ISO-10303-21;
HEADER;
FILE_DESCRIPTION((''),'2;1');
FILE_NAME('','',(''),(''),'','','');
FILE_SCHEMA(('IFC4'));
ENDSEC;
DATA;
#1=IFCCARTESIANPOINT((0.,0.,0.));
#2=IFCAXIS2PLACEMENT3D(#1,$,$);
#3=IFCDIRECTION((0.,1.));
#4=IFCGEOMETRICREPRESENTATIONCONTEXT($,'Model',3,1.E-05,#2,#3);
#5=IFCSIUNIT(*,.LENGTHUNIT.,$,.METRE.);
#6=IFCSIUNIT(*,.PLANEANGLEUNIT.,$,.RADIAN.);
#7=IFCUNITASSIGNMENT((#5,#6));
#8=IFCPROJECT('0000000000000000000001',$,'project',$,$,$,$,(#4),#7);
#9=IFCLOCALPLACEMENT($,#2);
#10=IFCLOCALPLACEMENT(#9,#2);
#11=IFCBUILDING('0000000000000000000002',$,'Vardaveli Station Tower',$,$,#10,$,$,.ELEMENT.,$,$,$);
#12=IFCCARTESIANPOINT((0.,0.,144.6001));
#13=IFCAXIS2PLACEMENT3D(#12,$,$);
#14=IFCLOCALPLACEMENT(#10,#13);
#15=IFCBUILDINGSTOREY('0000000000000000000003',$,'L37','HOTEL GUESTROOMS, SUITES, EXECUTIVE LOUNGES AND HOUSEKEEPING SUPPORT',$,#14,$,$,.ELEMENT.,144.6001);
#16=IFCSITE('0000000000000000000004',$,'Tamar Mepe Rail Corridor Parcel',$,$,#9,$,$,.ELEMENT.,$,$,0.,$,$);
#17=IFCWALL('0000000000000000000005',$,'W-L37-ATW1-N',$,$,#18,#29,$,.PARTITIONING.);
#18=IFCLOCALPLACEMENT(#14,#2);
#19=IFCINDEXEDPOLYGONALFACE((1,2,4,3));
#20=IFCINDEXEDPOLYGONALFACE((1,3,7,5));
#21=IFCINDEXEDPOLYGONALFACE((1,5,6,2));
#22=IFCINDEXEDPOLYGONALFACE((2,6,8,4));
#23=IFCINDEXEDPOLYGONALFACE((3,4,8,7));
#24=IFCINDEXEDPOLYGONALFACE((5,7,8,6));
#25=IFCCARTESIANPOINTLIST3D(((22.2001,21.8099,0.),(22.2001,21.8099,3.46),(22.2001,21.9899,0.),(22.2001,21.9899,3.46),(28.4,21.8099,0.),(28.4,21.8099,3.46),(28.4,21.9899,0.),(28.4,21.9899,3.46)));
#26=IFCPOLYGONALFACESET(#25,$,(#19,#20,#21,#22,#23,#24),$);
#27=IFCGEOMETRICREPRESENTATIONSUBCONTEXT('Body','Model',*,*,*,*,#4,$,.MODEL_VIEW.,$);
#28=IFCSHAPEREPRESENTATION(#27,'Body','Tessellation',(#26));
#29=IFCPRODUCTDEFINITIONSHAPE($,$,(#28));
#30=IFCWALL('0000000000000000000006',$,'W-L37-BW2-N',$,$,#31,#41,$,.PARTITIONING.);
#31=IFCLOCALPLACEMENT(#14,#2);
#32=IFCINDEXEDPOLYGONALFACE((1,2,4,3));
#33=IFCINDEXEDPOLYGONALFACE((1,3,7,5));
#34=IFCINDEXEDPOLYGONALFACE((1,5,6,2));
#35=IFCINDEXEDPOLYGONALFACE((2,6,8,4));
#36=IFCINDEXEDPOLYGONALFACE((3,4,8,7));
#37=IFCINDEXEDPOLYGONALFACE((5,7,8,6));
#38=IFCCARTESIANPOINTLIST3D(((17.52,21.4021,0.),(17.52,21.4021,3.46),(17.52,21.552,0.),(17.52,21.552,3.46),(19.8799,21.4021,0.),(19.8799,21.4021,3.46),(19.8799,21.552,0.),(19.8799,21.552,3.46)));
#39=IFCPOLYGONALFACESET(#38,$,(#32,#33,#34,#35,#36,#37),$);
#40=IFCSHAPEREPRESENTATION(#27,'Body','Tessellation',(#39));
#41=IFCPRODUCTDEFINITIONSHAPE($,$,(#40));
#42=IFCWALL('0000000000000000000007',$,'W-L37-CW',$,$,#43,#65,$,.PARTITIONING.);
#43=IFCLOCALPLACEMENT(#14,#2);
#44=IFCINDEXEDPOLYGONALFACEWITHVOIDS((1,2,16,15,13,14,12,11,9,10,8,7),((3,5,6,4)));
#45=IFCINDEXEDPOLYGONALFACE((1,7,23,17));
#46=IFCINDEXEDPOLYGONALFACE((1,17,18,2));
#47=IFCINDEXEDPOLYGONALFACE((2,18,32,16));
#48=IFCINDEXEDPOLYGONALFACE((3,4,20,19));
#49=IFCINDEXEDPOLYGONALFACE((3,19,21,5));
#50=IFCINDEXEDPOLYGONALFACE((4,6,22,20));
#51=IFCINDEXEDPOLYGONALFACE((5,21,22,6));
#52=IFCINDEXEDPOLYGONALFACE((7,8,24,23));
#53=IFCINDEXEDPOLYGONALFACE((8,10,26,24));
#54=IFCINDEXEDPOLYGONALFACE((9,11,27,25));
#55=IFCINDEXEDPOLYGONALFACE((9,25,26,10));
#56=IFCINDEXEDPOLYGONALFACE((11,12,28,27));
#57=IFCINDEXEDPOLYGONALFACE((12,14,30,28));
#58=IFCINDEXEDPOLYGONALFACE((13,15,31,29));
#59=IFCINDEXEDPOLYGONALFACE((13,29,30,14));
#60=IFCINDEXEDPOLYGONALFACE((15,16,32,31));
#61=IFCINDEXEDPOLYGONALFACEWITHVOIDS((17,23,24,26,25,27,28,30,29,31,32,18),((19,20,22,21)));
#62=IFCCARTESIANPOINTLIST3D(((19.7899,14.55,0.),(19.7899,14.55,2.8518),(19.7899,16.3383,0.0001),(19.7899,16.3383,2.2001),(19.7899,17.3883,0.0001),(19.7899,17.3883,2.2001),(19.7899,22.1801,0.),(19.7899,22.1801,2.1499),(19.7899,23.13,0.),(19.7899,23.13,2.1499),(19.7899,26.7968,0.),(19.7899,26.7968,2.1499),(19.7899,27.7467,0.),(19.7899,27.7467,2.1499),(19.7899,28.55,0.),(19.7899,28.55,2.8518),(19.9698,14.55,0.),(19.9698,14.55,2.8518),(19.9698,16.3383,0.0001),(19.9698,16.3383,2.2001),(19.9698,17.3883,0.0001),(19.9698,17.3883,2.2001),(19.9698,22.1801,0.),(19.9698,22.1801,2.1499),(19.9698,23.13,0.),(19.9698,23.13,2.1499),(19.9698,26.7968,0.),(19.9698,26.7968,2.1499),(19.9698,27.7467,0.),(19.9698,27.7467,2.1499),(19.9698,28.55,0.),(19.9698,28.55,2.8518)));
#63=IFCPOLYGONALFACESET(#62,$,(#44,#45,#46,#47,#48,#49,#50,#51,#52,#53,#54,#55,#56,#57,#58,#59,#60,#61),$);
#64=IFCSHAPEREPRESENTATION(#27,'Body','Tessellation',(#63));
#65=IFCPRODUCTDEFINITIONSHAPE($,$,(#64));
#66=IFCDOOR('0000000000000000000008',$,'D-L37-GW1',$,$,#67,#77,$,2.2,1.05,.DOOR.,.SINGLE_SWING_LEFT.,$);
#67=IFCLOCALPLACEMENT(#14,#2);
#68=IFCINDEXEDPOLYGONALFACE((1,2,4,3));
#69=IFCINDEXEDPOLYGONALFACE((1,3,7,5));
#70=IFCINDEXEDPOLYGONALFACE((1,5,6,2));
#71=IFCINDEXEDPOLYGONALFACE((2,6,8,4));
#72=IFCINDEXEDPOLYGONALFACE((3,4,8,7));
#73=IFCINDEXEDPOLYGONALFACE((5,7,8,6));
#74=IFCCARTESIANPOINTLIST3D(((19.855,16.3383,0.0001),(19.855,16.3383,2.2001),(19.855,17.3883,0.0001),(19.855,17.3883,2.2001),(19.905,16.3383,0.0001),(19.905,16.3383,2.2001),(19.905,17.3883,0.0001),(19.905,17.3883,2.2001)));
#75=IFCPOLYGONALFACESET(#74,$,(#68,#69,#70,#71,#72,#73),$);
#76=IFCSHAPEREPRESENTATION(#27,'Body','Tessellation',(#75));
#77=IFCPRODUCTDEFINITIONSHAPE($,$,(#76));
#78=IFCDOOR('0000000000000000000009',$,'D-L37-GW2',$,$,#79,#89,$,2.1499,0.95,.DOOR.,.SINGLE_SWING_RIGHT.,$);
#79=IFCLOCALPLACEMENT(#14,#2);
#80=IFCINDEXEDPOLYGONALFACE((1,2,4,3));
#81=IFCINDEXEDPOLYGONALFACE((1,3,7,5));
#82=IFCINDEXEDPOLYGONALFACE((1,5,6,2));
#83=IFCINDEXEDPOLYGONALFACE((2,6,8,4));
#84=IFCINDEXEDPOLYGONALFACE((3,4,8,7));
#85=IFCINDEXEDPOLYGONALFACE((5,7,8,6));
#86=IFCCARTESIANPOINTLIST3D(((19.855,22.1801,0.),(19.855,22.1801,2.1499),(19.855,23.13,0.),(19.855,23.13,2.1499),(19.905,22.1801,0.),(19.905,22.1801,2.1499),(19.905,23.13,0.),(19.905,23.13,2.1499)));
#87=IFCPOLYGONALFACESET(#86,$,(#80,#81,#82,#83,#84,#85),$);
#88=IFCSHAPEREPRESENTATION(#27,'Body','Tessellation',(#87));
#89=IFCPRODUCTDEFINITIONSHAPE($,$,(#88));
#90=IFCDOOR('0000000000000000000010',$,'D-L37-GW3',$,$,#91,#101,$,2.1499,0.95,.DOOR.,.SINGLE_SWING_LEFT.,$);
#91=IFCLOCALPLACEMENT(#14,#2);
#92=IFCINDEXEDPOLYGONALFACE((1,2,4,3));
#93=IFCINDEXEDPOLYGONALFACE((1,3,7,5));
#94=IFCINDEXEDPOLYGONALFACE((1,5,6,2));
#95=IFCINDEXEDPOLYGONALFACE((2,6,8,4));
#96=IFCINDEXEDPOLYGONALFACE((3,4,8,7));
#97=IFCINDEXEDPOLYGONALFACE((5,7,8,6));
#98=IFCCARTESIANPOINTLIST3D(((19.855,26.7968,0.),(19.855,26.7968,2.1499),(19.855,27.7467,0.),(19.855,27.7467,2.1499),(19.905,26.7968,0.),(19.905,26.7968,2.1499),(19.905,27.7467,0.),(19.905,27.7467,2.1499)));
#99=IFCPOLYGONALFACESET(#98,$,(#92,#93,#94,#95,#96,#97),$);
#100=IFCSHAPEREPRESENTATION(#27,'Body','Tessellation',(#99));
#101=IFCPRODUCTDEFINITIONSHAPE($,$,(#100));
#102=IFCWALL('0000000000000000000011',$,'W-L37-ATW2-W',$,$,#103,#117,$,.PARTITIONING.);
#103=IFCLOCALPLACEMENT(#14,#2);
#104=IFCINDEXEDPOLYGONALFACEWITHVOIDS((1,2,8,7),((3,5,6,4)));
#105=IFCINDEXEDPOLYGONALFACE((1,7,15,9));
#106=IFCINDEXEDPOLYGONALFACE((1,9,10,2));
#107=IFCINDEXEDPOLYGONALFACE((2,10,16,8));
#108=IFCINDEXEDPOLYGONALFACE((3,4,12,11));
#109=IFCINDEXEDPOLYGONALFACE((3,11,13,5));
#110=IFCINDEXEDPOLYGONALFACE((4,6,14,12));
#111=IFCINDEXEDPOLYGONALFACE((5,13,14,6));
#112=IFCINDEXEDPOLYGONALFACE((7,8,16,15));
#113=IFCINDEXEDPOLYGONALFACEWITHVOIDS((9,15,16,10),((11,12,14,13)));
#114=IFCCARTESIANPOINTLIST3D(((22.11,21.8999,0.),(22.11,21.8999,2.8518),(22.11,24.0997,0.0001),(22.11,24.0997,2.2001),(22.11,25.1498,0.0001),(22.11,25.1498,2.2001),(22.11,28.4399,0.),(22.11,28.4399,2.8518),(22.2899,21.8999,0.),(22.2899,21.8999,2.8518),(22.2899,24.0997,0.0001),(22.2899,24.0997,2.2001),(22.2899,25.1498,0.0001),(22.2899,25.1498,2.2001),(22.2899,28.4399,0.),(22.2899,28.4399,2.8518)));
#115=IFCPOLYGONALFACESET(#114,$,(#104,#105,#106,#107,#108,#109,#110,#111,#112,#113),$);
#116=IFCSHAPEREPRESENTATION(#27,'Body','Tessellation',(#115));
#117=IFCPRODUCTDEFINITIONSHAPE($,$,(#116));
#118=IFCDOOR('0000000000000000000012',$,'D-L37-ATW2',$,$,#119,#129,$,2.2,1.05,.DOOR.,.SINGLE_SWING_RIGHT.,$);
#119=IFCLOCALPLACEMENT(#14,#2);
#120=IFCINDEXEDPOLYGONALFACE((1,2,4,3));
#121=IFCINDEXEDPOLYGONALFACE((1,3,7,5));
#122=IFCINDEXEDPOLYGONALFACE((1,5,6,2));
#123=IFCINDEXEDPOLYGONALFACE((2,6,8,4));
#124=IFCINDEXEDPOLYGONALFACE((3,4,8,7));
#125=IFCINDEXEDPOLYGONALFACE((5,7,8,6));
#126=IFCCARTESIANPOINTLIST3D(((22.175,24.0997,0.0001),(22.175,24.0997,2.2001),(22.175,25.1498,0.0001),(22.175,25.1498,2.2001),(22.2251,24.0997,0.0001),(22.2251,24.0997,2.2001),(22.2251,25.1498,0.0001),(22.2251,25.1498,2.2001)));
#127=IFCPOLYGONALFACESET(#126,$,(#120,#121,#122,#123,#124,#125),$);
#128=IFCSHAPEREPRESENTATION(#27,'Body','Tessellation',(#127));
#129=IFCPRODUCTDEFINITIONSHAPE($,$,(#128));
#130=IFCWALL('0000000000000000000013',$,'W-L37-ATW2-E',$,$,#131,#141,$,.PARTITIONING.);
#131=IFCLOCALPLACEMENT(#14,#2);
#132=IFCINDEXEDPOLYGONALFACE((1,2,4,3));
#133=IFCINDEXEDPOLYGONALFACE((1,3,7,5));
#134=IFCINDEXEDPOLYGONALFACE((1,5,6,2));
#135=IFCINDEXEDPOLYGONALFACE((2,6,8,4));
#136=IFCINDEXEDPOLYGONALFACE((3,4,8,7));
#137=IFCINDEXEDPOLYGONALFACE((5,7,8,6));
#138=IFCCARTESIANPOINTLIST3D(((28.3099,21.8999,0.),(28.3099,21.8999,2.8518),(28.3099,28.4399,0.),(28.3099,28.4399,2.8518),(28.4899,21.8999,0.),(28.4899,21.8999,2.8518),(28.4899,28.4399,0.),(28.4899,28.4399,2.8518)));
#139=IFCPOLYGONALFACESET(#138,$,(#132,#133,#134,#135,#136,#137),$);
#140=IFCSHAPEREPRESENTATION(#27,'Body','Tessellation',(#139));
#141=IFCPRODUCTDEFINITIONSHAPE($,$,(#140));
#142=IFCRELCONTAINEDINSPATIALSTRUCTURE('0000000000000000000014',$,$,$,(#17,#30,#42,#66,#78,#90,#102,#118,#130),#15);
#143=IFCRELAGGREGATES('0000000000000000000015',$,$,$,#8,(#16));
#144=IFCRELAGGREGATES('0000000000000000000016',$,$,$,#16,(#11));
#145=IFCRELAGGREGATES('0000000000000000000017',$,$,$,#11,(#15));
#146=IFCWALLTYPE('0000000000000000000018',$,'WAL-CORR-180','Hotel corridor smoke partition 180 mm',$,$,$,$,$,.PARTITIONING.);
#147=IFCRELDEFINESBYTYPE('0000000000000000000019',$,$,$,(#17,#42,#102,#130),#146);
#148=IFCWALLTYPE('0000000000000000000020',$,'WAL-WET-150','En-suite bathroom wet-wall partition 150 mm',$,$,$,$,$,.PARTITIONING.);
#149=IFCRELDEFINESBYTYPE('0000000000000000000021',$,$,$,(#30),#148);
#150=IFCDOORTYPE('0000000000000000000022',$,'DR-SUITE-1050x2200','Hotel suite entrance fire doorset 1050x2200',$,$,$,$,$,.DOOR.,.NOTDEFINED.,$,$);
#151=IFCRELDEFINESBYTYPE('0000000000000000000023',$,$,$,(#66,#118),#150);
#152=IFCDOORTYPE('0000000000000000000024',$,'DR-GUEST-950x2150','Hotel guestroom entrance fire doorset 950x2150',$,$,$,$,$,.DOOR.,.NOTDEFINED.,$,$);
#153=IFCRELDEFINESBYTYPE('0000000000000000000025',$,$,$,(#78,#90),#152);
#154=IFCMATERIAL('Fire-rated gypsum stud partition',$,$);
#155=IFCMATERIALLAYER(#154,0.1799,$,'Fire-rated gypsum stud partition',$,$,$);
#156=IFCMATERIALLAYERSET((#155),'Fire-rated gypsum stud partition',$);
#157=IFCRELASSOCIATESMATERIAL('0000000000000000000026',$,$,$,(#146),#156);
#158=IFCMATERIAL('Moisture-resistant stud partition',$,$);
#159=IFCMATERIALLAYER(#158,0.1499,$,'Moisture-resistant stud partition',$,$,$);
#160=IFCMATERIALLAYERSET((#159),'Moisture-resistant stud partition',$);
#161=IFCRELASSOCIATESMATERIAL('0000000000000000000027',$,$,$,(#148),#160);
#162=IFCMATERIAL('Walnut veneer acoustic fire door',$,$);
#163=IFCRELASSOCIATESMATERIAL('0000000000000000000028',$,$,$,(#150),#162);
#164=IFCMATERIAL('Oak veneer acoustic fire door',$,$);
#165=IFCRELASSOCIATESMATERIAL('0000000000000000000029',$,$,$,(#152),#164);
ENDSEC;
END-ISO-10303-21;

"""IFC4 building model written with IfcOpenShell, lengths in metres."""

from ifc_helpers import new_model, si_unit, direction, frame, frame_2d, origin, place, context, subcontext, project, spatial, rectangle, extrude, source, transform, mapped, material, layer, layer_set, type_object, element, fill, save


model = new_model("IFC4")

# Units and contexts
model_context = context("Model", 3, precision=1e-05, world=origin(), true_north=direction((0.0, 1.0)))
body_context = subcontext(model_context, "Body", "Model", "MODEL_VIEW")
ifc_project = project(units=[si_unit("LENGTHUNIT", "METRE"), si_unit("PLANEANGLEUNIT", "RADIAN")], contexts=[model_context])

# Site, building, storey
site_placement = place(None, origin())
site = spatial("IfcSite", under=ifc_project, at=site_placement, Name="Tamar Mepe Rail Corridor Parcel", CompositionType="ELEMENT", RefElevation=0.0)
building_placement = place(site_placement, origin())
building = spatial("IfcBuilding", under=site, at=building_placement, Name="Vardaveli Station Tower", CompositionType="ELEMENT")
storey_placement = place(building_placement, frame((0.0, 0.0, 144.6001)))
storey = spatial("IfcBuildingStorey", under=building, at=storey_placement, Name="L37", Description="HOTEL GUESTROOMS, SUITES, EXECUTIVE LOUNGES AND HOUSEKEEPING SUPPORT", CompositionType="ELEMENT", Elevation=144.6001)

# Walls
ifc_material_1 = material(Name="Fire-rated gypsum stud partition")
ifc_layer_1 = layer(ifc_material_1, 0.1799, Name="Fire-rated gypsum stud partition")
ifc_layer_set_1 = layer_set([ifc_layer_1], Name="Fire-rated gypsum stud partition")
wall_type_1 = type_object("IfcWallType", Name="WAL-CORR-180", Description="Hotel corridor smoke partition 180 mm", PredefinedType="PARTITIONING", material=ifc_layer_set_1)
shared_shape_1 = source(origin(), body_context, "Body", "SweptSolid", [
    extrude(rectangle(XDim=6.2, YDim=0.1799, at=frame_2d((3.1001, 0.0))), origin(), (0.0, 0.0, 1.0), 3.46),
])
for number, where, z_axis, x_axis, name in (
    (1, (22.2, 21.8999, 0.0), (0.0, 0.0, 1.0), (1.0, 0.0, 0.0), "W-L37-ATW1-N"),
):
    element("IfcWall", number, at=place(storey_placement, frame(where, z_axis=z_axis, x_axis=x_axis)), inside=storey, type_object=wall_type_1, Name=name, PredefinedType="PARTITIONING", context=body_context, shape_type="MappedRepresentation", body=[
        mapped(shared_shape_1, transform((0.0, 0.0, 0.0), scale=1.0)),
    ])
ifc_material_2 = material(Name="Moisture-resistant stud partition")
ifc_layer_2 = layer(ifc_material_2, 0.1499, Name="Moisture-resistant stud partition")
ifc_layer_set_2 = layer_set([ifc_layer_2], Name="Moisture-resistant stud partition")
wall_type_2 = type_object("IfcWallType", Name="WAL-WET-150", Description="En-suite bathroom wet-wall partition 150 mm", PredefinedType="PARTITIONING", material=ifc_layer_set_2)
shared_shape_2 = source(origin(), body_context, "Body", "SweptSolid", [
    extrude(rectangle(XDim=2.3599, YDim=0.1499, at=frame_2d((1.1799, 0.0))), origin(), (0.0, 0.0, 1.0), 3.46),
])
wall_1_placement = place(storey_placement, frame((17.52, 21.4771, 0.0), z_axis=(0.0, 0.0, 1.0), x_axis=(1.0, 0.0, 0.0)))
element("IfcWall", 2, at=wall_1_placement, inside=storey, type_object=wall_type_2, Name="W-L37-BW2-N", PredefinedType="PARTITIONING", context=body_context, shape_type="MappedRepresentation", body=[
    mapped(shared_shape_2, transform((0.0, 0.0, 0.0), scale=1.0)),
])

# Wall, openings, doors
shared_shape_3 = source(origin(), body_context, "Body", "SweptSolid", [
    extrude(rectangle(XDim=14.0, YDim=0.1799, at=frame_2d((7.0, 0.0))), origin(), (0.0, 0.0, 1.0), 2.8518),
])
wall_2_placement = place(storey_placement, frame((19.8799, 14.55, 0.0), z_axis=(0.0, 0.0, 1.0), x_axis=(0.0, 1.0, 0.0)))
wall_2 = element("IfcWall", 3, at=wall_2_placement, inside=storey, type_object=wall_type_1, Name="W-L37-CW", PredefinedType="PARTITIONING", context=body_context, shape_type="MappedRepresentation", body=[
    mapped(shared_shape_3, transform((0.0, 0.0, 0.0), scale=1.0)),
])
shared_shape_4 = source(origin(), body_context, "Body", "SweptSolid", [
    extrude(rectangle(XDim=1.05, YDim=2.2, at=frame_2d((0.5249, 1.1001))), frame((0.0, 0.1001, 0.0), z_axis=(0.0, -1.0, 0.0), x_axis=(1.0, 0.0, 0.0)), (0.0, 0.0, 1.0), 0.2),
])
opening_1_placement = place(wall_2_placement, frame((1.7883, 0.0, 0.0)))
opening_1 = element("IfcOpeningElement", 4, at=opening_1_placement, cuts=wall_2, PredefinedType="OPENING", context=body_context, shape_type="MappedRepresentation", body=[
    mapped(shared_shape_4, transform((0.0, 0.0, 0.0), scale=1.0)),
])
shared_shape_5 = source(origin(), body_context, "Body", "SweptSolid", [
    extrude(rectangle(XDim=0.95, YDim=2.1499, at=frame_2d((0.4751, 1.075))), frame((0.0, 0.1001, 0.0), z_axis=(0.0, -1.0, 0.0), x_axis=(1.0, 0.0, 0.0)), (0.0, 0.0, 1.0), 0.2),
])
opening_2_placement = place(wall_2_placement, frame((7.6299, 0.0, 0.0)))
opening_2 = element("IfcOpeningElement", 5, at=opening_2_placement, cuts=wall_2, PredefinedType="OPENING", context=body_context, shape_type="MappedRepresentation", body=[
    mapped(shared_shape_5, transform((0.0, 0.0, 0.0), scale=1.0)),
])
opening_3_placement = place(wall_2_placement, frame((12.2466, 0.0, 0.0)))
opening_3 = element("IfcOpeningElement", 6, at=opening_3_placement, cuts=wall_2, PredefinedType="OPENING", context=body_context, shape_type="MappedRepresentation", body=[
    mapped(shared_shape_5, transform((0.0, 0.0, 0.0), scale=1.0)),
])
ifc_material_3 = material(Name="Walnut veneer acoustic fire door")
door_type_1 = type_object("IfcDoorType", Name="DR-SUITE-1050x2200", Description="Hotel suite entrance fire doorset 1050x2200", OperationType="NOTDEFINED", PredefinedType="DOOR", material=ifc_material_3)
shared_shape_6 = source(origin(), body_context, "Body", "SweptSolid", [
    extrude(rectangle(XDim=1.05, YDim=2.2, at=frame_2d((0.5249, 1.1001))), frame((0.0, 0.0249, 0.0), z_axis=(0.0, -1.0, 0.0), x_axis=(1.0, 0.0, 0.0)), (0.0, 0.0, 1.0), 0.05),
])
door_1_placement = place(opening_1_placement, origin())
door_1 = element("IfcDoor", 7, at=door_1_placement, inside=storey, type_object=door_type_1, Name="D-L37-GW1", OperationType="SINGLE_SWING_LEFT", OverallHeight=2.2, OverallWidth=1.05, PredefinedType="DOOR", context=body_context, shape_type="MappedRepresentation", body=[
    mapped(shared_shape_6, transform((0.0, 0.0, 0.0), scale=1.0)),
])
fill(opening_1, door_1)
ifc_material_4 = material(Name="Oak veneer acoustic fire door")
door_type_2 = type_object("IfcDoorType", Name="DR-GUEST-950x2150", Description="Hotel guestroom entrance fire doorset 950x2150", OperationType="NOTDEFINED", PredefinedType="DOOR", material=ifc_material_4)
shared_shape_7 = source(origin(), body_context, "Body", "SweptSolid", [
    extrude(rectangle(XDim=0.95, YDim=2.1499, at=frame_2d((0.4751, 1.075))), frame((0.0, 0.0249, 0.0), z_axis=(0.0, -1.0, 0.0), x_axis=(1.0, 0.0, 0.0)), (0.0, 0.0, 1.0), 0.05),
])
door_2_placement = place(opening_2_placement, origin())
door_2 = element("IfcDoor", 8, at=door_2_placement, inside=storey, type_object=door_type_2, Name="D-L37-GW2", OperationType="SINGLE_SWING_RIGHT", OverallHeight=2.1499, OverallWidth=0.95, PredefinedType="DOOR", context=body_context, shape_type="MappedRepresentation", body=[
    mapped(shared_shape_7, transform((0.0, 0.0, 0.0), scale=1.0)),
])
fill(opening_2, door_2)
door_3_placement = place(opening_3_placement, origin())
door_3 = element("IfcDoor", 9, at=door_3_placement, inside=storey, type_object=door_type_2, Name="D-L37-GW3", OperationType="SINGLE_SWING_LEFT", OverallHeight=2.1499, OverallWidth=0.95, PredefinedType="DOOR", context=body_context, shape_type="MappedRepresentation", body=[
    mapped(shared_shape_7, transform((0.0, 0.0, 0.0), scale=1.0)),
])
fill(opening_3, door_3)

# Wall, opening, door
shared_shape_8 = source(origin(), body_context, "Body", "SweptSolid", [
    extrude(rectangle(XDim=6.54, YDim=0.1799, at=frame_2d((3.27, 0.0))), origin(), (0.0, 0.0, 1.0), 2.8518),
])
wall_3_placement = place(storey_placement, frame((22.2, 21.8999, 0.0), z_axis=(0.0, 0.0, 1.0), x_axis=(0.0, 1.0, 0.0)))
wall_3 = element("IfcWall", 10, at=wall_3_placement, inside=storey, type_object=wall_type_1, Name="W-L37-ATW2-W", PredefinedType="PARTITIONING", context=body_context, shape_type="MappedRepresentation", body=[
    mapped(shared_shape_8, transform((0.0, 0.0, 0.0), scale=1.0)),
])
opening_4_placement = place(wall_3_placement, frame((2.2, 0.0, 0.0)))
opening_4 = element("IfcOpeningElement", 11, at=opening_4_placement, cuts=wall_3, PredefinedType="OPENING", context=body_context, shape_type="MappedRepresentation", body=[
    mapped(shared_shape_4, transform((0.0, 0.0, 0.0), scale=1.0)),
])
door_4_placement = place(opening_4_placement, origin())
door_4 = element("IfcDoor", 12, at=door_4_placement, inside=storey, type_object=door_type_1, Name="D-L37-ATW2", OperationType="SINGLE_SWING_RIGHT", OverallHeight=2.2, OverallWidth=1.05, PredefinedType="DOOR", context=body_context, shape_type="MappedRepresentation", body=[
    mapped(shared_shape_6, transform((0.0, 0.0, 0.0), scale=1.0)),
])
fill(opening_4, door_4)

# Wall
wall_4_placement = place(storey_placement, frame((28.3999, 21.8999, 0.0), z_axis=(0.0, 0.0, 1.0), x_axis=(0.0, 1.0, 0.0)))
element("IfcWall", 13, at=wall_4_placement, inside=storey, type_object=wall_type_1, Name="W-L37-ATW2-E", PredefinedType="PARTITIONING", context=body_context, shape_type="MappedRepresentation", body=[
    mapped(shared_shape_8, transform((0.0, 0.0, 0.0), scale=1.0)),
])

save(model, "model.ifc")
